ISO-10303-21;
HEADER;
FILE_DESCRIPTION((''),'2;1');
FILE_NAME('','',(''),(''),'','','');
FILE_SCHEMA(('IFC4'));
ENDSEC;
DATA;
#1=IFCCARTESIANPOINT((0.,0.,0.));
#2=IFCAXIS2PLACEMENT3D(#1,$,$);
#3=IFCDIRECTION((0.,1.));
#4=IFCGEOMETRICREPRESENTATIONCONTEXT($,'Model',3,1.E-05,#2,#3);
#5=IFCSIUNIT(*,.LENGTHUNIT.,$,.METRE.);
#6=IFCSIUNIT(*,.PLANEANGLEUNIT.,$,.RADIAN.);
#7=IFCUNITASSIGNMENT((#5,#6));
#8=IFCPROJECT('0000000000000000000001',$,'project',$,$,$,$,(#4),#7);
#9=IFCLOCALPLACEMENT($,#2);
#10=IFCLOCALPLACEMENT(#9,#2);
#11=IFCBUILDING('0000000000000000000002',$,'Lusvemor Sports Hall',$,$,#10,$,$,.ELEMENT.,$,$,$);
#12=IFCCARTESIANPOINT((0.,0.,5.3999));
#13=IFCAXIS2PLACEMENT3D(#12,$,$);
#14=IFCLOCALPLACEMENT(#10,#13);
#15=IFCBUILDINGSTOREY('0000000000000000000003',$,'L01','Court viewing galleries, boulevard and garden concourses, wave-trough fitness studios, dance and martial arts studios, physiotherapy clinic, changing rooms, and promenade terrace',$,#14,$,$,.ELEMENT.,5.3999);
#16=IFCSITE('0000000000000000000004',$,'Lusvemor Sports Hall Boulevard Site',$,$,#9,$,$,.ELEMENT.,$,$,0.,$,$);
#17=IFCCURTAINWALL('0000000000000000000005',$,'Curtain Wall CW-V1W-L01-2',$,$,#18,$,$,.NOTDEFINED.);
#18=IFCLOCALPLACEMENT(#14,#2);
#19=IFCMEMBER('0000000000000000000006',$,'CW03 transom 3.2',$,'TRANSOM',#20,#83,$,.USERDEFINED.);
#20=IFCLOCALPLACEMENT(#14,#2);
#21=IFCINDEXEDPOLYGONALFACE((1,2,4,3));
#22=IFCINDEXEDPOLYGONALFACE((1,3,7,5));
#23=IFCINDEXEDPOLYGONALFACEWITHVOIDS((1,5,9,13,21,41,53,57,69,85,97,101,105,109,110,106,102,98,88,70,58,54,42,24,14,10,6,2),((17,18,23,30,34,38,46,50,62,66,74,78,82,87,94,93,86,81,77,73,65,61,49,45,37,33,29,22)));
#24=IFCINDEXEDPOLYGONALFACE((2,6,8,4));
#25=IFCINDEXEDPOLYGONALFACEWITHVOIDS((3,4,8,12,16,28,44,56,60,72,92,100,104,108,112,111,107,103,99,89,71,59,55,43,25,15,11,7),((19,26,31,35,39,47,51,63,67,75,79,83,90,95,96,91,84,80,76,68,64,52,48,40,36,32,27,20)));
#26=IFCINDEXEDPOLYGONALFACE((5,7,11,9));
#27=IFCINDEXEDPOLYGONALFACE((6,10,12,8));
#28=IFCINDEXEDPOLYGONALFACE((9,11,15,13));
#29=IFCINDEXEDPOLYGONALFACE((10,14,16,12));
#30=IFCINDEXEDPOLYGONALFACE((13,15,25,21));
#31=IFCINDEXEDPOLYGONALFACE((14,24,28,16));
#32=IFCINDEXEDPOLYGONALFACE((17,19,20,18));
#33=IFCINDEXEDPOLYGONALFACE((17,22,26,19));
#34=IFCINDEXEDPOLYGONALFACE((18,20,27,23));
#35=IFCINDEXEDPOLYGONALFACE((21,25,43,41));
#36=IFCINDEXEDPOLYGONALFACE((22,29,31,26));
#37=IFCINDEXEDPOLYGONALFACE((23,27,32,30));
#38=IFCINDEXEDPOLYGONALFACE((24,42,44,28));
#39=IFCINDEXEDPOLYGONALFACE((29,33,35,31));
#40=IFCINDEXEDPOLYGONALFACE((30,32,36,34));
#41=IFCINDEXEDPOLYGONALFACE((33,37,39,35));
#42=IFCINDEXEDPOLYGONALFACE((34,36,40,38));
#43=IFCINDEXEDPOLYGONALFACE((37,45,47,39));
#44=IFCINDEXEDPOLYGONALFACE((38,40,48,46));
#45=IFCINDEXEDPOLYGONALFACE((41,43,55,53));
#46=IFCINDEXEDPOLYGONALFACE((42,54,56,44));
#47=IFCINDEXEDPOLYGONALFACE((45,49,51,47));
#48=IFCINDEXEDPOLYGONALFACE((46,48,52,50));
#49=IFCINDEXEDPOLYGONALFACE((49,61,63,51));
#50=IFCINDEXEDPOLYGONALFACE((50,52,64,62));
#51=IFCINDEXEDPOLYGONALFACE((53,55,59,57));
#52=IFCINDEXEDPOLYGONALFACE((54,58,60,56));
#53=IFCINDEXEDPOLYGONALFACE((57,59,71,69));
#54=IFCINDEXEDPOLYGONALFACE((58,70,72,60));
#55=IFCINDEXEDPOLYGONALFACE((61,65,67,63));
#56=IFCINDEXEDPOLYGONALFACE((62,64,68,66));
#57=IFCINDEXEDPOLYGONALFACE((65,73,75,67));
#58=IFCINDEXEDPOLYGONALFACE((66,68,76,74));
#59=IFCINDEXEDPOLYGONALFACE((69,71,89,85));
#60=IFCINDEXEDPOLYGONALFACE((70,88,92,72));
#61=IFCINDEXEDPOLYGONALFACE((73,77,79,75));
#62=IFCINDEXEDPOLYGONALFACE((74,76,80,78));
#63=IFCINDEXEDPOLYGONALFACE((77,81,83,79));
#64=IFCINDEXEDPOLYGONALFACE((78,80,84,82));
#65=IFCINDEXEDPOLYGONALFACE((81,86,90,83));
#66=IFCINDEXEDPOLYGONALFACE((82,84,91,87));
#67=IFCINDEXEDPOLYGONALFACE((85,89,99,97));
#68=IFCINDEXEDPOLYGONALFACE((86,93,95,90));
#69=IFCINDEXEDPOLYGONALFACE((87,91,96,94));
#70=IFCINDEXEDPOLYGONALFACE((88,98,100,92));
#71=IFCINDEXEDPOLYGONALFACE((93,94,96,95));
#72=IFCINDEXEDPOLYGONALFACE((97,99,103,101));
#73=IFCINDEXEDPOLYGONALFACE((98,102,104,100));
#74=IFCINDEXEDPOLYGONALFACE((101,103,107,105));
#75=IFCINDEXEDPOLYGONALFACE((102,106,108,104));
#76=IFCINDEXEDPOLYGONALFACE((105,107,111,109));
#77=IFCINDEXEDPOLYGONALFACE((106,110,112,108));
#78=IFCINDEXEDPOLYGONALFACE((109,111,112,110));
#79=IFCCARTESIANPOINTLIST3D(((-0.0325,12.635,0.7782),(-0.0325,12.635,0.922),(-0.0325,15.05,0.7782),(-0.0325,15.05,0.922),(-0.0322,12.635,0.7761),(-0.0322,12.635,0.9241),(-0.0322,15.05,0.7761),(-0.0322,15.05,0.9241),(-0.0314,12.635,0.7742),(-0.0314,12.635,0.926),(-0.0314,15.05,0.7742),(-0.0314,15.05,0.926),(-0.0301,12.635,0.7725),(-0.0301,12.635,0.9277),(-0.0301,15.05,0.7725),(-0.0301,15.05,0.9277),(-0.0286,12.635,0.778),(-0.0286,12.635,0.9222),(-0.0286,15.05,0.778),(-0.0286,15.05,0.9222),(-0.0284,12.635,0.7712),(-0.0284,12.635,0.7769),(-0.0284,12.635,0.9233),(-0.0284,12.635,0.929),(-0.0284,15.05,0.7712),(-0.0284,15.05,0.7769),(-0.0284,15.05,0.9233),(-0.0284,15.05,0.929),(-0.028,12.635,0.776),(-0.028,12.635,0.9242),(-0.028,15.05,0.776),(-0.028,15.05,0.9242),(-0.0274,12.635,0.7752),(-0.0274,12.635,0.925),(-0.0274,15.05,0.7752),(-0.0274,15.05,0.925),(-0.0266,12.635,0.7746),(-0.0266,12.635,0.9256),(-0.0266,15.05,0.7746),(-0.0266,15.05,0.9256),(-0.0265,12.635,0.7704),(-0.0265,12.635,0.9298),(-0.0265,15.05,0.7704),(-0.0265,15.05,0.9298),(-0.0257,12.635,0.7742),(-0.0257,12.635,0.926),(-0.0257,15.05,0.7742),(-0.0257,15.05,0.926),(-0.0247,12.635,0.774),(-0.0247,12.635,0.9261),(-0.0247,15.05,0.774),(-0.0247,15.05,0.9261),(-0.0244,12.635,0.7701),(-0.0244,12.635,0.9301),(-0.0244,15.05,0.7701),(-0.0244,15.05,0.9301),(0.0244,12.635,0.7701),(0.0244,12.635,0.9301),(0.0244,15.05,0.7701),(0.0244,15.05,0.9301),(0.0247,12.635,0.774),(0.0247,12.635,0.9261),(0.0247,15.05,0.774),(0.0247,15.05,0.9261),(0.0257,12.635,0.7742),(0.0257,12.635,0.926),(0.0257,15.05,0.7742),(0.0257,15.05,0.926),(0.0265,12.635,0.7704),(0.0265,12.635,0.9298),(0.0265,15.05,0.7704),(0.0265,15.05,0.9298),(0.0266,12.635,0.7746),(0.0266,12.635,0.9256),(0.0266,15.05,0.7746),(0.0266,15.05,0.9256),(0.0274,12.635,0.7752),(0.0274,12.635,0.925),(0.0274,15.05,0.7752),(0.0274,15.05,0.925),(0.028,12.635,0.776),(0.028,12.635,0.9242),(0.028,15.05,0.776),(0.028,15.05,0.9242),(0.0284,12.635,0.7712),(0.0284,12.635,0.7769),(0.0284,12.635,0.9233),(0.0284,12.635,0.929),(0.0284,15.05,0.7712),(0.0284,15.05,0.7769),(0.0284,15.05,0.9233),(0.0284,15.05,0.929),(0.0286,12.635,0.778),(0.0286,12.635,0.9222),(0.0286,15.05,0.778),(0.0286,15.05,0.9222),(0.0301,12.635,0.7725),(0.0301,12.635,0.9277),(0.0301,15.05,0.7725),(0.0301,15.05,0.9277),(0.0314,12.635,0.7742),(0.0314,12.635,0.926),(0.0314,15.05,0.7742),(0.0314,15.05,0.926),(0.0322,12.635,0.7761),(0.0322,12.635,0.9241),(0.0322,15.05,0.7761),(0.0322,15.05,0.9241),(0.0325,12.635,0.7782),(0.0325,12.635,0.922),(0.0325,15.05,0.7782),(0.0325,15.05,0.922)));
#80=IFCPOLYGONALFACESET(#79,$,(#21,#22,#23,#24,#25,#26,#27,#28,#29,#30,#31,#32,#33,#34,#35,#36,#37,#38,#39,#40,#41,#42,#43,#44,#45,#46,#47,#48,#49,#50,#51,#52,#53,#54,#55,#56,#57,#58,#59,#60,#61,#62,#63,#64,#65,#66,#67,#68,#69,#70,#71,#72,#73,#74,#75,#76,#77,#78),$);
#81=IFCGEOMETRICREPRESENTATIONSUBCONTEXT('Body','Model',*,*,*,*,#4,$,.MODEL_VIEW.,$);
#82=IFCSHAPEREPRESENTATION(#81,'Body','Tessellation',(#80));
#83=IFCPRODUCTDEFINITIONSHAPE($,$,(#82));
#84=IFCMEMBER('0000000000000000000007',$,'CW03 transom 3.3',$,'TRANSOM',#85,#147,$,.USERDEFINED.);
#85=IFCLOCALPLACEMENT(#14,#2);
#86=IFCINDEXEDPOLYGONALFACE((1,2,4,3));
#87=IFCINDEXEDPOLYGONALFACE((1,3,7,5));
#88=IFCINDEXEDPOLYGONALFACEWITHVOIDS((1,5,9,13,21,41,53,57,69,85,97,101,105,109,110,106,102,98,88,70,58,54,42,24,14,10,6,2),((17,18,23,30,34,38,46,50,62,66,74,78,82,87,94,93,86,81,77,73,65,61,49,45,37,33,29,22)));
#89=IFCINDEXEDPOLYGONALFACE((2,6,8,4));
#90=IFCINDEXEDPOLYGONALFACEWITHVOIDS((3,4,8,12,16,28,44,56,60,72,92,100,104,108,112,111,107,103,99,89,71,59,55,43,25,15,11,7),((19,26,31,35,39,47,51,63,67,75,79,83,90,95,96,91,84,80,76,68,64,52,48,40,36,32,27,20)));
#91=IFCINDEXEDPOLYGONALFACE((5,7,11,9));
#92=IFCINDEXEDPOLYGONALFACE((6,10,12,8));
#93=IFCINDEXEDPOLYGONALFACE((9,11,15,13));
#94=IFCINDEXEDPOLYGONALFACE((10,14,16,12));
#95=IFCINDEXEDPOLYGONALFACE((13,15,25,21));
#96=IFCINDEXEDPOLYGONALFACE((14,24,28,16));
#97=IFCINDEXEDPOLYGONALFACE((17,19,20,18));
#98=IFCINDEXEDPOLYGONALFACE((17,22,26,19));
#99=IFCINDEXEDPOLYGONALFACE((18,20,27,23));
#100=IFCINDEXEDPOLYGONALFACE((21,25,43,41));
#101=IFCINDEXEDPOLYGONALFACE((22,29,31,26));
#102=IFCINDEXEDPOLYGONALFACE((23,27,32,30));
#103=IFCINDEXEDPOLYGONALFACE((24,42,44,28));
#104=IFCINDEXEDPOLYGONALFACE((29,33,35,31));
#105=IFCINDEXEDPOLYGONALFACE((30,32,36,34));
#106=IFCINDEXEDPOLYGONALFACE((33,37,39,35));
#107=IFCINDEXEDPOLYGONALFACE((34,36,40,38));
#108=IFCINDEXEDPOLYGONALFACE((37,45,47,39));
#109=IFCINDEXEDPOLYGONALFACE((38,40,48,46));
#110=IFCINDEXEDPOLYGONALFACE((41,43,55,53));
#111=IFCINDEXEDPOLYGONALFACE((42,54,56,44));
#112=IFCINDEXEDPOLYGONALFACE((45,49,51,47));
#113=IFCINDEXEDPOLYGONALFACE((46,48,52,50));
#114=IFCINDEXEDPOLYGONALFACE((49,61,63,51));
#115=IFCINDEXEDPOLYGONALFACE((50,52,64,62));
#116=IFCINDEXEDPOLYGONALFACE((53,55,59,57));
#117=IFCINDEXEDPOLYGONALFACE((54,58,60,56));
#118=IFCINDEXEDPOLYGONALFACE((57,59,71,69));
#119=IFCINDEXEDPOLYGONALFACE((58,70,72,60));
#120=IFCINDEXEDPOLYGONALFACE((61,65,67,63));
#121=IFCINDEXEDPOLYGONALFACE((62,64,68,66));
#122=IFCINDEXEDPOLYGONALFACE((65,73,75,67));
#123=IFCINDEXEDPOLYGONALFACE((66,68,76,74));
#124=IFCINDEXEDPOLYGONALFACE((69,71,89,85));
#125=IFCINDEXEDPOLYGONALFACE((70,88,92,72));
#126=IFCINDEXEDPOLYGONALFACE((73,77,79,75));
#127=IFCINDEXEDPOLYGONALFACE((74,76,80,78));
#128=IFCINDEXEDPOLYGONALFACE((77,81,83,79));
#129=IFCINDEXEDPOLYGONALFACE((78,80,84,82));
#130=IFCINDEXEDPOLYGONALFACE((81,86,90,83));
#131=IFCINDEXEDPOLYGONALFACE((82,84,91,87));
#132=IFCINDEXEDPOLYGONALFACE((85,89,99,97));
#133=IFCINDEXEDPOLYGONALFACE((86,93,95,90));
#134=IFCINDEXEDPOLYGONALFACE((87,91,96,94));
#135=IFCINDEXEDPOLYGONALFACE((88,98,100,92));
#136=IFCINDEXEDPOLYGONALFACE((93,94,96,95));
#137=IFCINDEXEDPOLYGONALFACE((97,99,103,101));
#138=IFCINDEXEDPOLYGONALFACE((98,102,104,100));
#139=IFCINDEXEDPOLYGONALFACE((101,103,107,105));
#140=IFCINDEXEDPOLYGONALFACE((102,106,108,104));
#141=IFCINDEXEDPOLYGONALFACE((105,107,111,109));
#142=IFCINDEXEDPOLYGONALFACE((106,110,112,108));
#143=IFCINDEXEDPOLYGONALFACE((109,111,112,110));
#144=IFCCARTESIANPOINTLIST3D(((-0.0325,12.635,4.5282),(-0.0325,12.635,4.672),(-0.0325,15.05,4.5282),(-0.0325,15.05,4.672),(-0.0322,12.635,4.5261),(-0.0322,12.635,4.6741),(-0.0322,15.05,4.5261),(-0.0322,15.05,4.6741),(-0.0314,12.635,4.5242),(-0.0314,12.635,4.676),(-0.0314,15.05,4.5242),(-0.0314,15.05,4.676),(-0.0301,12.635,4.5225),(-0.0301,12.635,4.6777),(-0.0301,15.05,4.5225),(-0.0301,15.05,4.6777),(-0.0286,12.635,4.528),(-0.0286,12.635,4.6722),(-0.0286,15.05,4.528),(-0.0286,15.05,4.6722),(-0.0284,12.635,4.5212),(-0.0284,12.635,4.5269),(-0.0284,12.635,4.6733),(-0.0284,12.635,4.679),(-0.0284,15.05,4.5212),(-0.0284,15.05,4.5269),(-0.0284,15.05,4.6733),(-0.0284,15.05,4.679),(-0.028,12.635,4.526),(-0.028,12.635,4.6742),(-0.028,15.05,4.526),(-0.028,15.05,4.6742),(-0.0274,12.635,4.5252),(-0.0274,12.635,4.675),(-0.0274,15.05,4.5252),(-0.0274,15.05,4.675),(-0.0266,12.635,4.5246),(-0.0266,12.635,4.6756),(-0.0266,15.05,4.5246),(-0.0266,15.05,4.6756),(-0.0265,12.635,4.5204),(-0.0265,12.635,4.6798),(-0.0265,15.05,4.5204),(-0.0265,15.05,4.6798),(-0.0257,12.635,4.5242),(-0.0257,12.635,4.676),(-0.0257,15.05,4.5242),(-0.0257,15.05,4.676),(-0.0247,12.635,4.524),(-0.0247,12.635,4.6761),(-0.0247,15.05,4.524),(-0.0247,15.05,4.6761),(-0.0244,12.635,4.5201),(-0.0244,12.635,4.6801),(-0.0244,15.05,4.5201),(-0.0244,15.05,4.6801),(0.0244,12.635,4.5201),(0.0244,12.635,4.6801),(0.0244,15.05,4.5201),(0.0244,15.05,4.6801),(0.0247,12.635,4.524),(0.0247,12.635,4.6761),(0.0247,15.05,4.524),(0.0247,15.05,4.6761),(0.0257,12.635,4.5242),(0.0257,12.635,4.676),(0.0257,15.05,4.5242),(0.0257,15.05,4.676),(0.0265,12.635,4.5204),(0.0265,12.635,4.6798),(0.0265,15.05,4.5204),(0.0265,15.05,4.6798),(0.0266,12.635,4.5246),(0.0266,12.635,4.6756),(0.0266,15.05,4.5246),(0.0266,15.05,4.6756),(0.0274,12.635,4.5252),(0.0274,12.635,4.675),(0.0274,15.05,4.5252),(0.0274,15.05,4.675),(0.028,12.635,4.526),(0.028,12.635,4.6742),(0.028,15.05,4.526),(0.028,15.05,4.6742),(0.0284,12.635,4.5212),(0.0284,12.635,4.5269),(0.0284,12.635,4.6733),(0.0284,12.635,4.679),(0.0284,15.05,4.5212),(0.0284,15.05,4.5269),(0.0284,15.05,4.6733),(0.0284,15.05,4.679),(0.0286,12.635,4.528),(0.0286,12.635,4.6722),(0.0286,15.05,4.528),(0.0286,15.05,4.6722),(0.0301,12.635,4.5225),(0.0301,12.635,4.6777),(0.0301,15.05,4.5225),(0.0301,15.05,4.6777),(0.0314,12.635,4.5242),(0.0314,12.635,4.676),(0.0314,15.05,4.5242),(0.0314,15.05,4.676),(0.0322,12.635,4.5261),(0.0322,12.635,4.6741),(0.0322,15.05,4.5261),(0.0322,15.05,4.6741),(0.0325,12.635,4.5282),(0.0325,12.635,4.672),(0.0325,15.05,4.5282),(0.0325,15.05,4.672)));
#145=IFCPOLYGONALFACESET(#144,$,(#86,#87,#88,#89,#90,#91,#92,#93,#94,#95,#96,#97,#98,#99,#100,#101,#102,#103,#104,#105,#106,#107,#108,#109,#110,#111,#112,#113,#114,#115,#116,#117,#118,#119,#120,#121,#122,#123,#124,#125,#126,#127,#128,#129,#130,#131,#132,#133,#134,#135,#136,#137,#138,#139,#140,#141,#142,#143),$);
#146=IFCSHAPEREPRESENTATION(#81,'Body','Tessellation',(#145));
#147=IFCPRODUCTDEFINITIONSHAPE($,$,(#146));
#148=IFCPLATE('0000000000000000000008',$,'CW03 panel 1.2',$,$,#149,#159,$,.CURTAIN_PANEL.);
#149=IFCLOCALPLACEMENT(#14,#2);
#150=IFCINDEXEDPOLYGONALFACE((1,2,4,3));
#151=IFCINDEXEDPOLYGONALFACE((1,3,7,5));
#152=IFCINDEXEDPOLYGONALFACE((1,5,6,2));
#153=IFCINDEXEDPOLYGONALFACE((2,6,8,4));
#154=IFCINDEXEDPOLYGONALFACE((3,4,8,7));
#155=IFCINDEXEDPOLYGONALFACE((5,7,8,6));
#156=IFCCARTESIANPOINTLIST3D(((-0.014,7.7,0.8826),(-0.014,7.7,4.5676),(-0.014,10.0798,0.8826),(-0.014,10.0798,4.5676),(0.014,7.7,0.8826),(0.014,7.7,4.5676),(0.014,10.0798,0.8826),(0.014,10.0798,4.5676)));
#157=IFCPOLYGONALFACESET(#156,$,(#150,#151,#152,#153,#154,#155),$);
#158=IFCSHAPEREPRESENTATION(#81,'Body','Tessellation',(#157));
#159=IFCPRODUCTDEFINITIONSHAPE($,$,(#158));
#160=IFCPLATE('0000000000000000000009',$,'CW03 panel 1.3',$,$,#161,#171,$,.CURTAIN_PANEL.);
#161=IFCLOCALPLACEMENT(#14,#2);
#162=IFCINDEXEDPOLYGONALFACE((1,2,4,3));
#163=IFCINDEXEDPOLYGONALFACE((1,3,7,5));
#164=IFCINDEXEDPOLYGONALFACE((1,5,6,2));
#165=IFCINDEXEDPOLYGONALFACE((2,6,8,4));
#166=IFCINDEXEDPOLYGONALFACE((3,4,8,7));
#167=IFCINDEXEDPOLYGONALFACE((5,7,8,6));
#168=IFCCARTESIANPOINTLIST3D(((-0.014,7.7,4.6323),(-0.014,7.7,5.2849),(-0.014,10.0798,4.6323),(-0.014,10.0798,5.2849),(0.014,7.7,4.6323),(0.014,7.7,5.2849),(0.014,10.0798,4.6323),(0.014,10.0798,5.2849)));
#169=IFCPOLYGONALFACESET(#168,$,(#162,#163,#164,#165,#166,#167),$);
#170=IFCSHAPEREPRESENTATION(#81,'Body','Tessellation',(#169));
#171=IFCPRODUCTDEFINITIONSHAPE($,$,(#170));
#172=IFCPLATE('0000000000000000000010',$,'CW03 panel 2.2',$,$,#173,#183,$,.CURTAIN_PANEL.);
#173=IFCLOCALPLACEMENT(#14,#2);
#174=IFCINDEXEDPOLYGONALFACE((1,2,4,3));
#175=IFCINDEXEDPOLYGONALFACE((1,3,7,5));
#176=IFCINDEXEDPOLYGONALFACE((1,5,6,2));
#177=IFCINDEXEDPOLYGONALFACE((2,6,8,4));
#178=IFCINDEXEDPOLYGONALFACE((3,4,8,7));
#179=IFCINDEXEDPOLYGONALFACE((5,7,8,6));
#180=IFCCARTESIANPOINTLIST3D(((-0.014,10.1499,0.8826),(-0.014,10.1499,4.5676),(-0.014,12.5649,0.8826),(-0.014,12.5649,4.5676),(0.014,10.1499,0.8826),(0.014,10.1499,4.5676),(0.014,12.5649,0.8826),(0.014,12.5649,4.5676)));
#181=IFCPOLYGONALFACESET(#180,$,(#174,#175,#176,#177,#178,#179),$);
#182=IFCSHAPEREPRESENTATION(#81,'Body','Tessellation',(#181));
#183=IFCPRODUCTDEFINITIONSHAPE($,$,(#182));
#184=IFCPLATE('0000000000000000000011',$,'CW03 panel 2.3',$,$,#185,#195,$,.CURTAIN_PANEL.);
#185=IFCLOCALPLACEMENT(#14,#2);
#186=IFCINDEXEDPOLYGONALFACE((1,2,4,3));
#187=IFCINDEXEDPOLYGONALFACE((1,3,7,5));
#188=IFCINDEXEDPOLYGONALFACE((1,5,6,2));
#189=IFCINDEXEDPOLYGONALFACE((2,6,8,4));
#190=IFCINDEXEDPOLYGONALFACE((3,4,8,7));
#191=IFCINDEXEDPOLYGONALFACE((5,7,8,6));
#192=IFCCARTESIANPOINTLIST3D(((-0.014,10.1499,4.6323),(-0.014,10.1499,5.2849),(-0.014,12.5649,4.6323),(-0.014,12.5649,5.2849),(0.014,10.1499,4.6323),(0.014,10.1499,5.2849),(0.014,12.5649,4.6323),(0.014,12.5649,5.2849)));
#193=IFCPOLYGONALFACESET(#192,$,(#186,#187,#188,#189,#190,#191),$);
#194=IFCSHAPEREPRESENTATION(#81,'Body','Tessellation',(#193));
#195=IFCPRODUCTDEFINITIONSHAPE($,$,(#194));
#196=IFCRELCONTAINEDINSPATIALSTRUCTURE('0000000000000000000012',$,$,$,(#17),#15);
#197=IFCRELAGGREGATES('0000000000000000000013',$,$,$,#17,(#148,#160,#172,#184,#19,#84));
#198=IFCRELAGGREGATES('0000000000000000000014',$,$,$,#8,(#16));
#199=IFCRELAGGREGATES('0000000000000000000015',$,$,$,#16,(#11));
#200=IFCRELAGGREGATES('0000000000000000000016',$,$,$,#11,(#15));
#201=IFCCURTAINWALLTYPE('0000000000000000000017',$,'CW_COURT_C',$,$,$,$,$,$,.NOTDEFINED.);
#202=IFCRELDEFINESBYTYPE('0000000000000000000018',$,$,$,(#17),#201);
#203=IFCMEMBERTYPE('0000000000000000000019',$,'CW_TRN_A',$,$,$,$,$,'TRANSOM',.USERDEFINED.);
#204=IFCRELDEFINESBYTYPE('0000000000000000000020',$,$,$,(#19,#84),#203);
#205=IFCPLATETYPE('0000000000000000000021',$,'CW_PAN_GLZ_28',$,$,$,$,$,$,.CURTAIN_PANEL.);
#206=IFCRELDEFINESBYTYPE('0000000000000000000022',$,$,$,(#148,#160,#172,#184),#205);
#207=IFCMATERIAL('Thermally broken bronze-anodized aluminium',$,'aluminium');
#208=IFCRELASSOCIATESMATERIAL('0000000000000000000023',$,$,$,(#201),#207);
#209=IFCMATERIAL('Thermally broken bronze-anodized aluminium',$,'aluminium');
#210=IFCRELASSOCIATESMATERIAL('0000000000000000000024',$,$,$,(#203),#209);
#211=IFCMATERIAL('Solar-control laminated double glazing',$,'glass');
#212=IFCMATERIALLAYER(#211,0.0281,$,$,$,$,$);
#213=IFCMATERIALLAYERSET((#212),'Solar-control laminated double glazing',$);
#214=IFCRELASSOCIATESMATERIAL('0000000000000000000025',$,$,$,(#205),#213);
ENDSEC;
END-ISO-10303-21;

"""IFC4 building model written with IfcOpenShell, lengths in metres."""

from ifc_helpers import new_model, si_unit, direction, frame, origin, origin_2d, place, context, subcontext, project, spatial, rectangle, hollow_rectangle, extrude, material, layer, layer_set, material_profile, profile_set, type_object, element, aggregate, save


model = new_model("IFC4")

# Units and contexts
model_context = context("Model", 3, precision=1e-05, world=origin(), true_north=direction((0.0, 1.0)))
body_context = subcontext(model_context, "Body", "Model", "MODEL_VIEW")
ifc_project = project(units=[si_unit("LENGTHUNIT", "METRE"), si_unit("PLANEANGLEUNIT", "RADIAN")], contexts=[model_context])

# Site, building, storey
site_placement = place(None, origin())
site = spatial("IfcSite", under=ifc_project, at=site_placement, Name="Lusvemor Sports Hall Boulevard Site", CompositionType="ELEMENT", RefElevation=0.0)
building_placement = place(site_placement, origin())
building = spatial("IfcBuilding", under=site, at=building_placement, Name="Lusvemor Sports Hall", CompositionType="ELEMENT")
storey_placement = place(building_placement, frame((0.0, 0.0, 5.3999)))
storey = spatial("IfcBuildingStorey", under=building, at=storey_placement, Name="L01", Description="Court viewing galleries, boulevard and garden concourses, wave-trough fitness studios, dance and martial arts studios, physiotherapy clinic, changing rooms, and promenade terrace", CompositionType="ELEMENT", Elevation=5.3999)

# Curtain wall, members, plates
ifc_material_1 = material(Name="Thermally broken bronze-anodized aluminium", Category="aluminium")
curtain_wall_type = type_object("IfcCurtainWallType", Name="CW_COURT_C", PredefinedType="NOTDEFINED", material=ifc_material_1)
curtain_wall_placement = place(storey_placement, origin())
curtain_wall = element("IfcCurtainWall", 1, at=curtain_wall_placement, inside=storey, type_object=curtain_wall_type, Name="Curtain Wall CW-V1W-L01-2", PredefinedType="NOTDEFINED")
ifc_material_2 = material(Name="Thermally broken bronze-anodized aluminium", Category="aluminium")
ifc_material_profile_1 = material_profile(ifc_material_2, hollow_rectangle(XDim=0.0649, YDim=0.1599, WallThickness=0.0039, InnerFilletRadius=0.0039, OuterFilletRadius=0.0081, at=origin_2d()), Name="CWTRN160x65x4")
ifc_profile_set_1 = profile_set([ifc_material_profile_1], Name="Thermally broken bronze-anodized aluminium")
member_type_1 = type_object("IfcMemberType", Name="CW_TRN_A", ElementType="TRANSOM", PredefinedType="USERDEFINED", material=ifc_profile_set_1)
member_1_placement = place(storey_placement, frame((0.0, 12.635, 0.8501), z_axis=(0.0, 1.0, 0.0), x_axis=(-1.0, 0.0, 0.0)))
member_1 = element("IfcMember", 2, at=member_1_placement, type_object=member_type_1, Name="CW03 transom 3.2", ObjectType="TRANSOM", PredefinedType="USERDEFINED", context=body_context, shape_type="SweptSolid", body=[
    extrude(hollow_rectangle(XDim=0.0649, YDim=0.1599, WallThickness=0.0039, InnerFilletRadius=0.0039, OuterFilletRadius=0.0081, at=origin_2d()), origin(), (0.0, 0.0, 1.0), 2.415),
])
member_2_placement = place(storey_placement, frame((0.0, 12.635, 4.6001), z_axis=(0.0, 1.0, 0.0), x_axis=(-1.0, 0.0, 0.0)))
member_2 = element("IfcMember", 3, at=member_2_placement, type_object=member_type_1, Name="CW03 transom 3.3", ObjectType="TRANSOM", PredefinedType="USERDEFINED", context=body_context, shape_type="SweptSolid", body=[
    extrude(hollow_rectangle(XDim=0.0649, YDim=0.1599, WallThickness=0.0039, InnerFilletRadius=0.0039, OuterFilletRadius=0.0081, at=origin_2d()), origin(), (0.0, 0.0, 1.0), 2.415),
])
ifc_material_3 = material(Name="Solar-control laminated double glazing", Category="glass")
ifc_layer_1 = layer(ifc_material_3, 0.0281)
ifc_layer_set_1 = layer_set([ifc_layer_1], Name="Solar-control laminated double glazing")
plate_type_1 = type_object("IfcPlateType", Name="CW_PAN_GLZ_28", PredefinedType="CURTAIN_PANEL", material=ifc_layer_set_1)
plate_1_placement = place(storey_placement, frame((0.0, 8.8899, 0.8826), z_axis=(0.0, 0.0, 1.0), x_axis=(0.0, 1.0, 0.0)))
plate_1 = element("IfcPlate", 4, at=plate_1_placement, type_object=plate_type_1, Name="CW03 panel 1.2", PredefinedType="CURTAIN_PANEL", context=body_context, shape_type="SweptSolid", body=[
    extrude(rectangle(XDim=2.3799, YDim=0.0281, at=origin_2d()), origin(), (0.0, 0.0, 1.0), 3.6851),
])
plate_2_placement = place(storey_placement, frame((0.0, 8.8899, 4.6323), z_axis=(0.0, 0.0, 1.0), x_axis=(0.0, 1.0, 0.0)))
plate_2 = element("IfcPlate", 5, at=plate_2_placement, type_object=plate_type_1, Name="CW03 panel 1.3", PredefinedType="CURTAIN_PANEL", context=body_context, shape_type="SweptSolid", body=[
    extrude(rectangle(XDim=2.3799, YDim=0.0281, at=origin_2d()), origin(), (0.0, 0.0, 1.0), 0.6526),
])
plate_3_placement = place(storey_placement, frame((0.0, 11.3574, 0.8826), z_axis=(0.0, 0.0, 1.0), x_axis=(0.0, 1.0, 0.0)))
plate_3 = element("IfcPlate", 6, at=plate_3_placement, type_object=plate_type_1, Name="CW03 panel 2.2", PredefinedType="CURTAIN_PANEL", context=body_context, shape_type="SweptSolid", body=[
    extrude(rectangle(XDim=2.415, YDim=0.0281, at=origin_2d()), origin(), (0.0, 0.0, 1.0), 3.6851),
])
plate_4_placement = place(storey_placement, frame((0.0, 11.3574, 4.6323), z_axis=(0.0, 0.0, 1.0), x_axis=(0.0, 1.0, 0.0)))
plate_4 = element("IfcPlate", 7, at=plate_4_placement, type_object=plate_type_1, Name="CW03 panel 2.3", PredefinedType="CURTAIN_PANEL", context=body_context, shape_type="SweptSolid", body=[
    extrude(rectangle(XDim=2.415, YDim=0.0281, at=origin_2d()), origin(), (0.0, 0.0, 1.0), 0.6526),
])
aggregate(curtain_wall, [plate_1, plate_2, plate_3, plate_4, member_1, member_2])

save(model, "model.ifc")
